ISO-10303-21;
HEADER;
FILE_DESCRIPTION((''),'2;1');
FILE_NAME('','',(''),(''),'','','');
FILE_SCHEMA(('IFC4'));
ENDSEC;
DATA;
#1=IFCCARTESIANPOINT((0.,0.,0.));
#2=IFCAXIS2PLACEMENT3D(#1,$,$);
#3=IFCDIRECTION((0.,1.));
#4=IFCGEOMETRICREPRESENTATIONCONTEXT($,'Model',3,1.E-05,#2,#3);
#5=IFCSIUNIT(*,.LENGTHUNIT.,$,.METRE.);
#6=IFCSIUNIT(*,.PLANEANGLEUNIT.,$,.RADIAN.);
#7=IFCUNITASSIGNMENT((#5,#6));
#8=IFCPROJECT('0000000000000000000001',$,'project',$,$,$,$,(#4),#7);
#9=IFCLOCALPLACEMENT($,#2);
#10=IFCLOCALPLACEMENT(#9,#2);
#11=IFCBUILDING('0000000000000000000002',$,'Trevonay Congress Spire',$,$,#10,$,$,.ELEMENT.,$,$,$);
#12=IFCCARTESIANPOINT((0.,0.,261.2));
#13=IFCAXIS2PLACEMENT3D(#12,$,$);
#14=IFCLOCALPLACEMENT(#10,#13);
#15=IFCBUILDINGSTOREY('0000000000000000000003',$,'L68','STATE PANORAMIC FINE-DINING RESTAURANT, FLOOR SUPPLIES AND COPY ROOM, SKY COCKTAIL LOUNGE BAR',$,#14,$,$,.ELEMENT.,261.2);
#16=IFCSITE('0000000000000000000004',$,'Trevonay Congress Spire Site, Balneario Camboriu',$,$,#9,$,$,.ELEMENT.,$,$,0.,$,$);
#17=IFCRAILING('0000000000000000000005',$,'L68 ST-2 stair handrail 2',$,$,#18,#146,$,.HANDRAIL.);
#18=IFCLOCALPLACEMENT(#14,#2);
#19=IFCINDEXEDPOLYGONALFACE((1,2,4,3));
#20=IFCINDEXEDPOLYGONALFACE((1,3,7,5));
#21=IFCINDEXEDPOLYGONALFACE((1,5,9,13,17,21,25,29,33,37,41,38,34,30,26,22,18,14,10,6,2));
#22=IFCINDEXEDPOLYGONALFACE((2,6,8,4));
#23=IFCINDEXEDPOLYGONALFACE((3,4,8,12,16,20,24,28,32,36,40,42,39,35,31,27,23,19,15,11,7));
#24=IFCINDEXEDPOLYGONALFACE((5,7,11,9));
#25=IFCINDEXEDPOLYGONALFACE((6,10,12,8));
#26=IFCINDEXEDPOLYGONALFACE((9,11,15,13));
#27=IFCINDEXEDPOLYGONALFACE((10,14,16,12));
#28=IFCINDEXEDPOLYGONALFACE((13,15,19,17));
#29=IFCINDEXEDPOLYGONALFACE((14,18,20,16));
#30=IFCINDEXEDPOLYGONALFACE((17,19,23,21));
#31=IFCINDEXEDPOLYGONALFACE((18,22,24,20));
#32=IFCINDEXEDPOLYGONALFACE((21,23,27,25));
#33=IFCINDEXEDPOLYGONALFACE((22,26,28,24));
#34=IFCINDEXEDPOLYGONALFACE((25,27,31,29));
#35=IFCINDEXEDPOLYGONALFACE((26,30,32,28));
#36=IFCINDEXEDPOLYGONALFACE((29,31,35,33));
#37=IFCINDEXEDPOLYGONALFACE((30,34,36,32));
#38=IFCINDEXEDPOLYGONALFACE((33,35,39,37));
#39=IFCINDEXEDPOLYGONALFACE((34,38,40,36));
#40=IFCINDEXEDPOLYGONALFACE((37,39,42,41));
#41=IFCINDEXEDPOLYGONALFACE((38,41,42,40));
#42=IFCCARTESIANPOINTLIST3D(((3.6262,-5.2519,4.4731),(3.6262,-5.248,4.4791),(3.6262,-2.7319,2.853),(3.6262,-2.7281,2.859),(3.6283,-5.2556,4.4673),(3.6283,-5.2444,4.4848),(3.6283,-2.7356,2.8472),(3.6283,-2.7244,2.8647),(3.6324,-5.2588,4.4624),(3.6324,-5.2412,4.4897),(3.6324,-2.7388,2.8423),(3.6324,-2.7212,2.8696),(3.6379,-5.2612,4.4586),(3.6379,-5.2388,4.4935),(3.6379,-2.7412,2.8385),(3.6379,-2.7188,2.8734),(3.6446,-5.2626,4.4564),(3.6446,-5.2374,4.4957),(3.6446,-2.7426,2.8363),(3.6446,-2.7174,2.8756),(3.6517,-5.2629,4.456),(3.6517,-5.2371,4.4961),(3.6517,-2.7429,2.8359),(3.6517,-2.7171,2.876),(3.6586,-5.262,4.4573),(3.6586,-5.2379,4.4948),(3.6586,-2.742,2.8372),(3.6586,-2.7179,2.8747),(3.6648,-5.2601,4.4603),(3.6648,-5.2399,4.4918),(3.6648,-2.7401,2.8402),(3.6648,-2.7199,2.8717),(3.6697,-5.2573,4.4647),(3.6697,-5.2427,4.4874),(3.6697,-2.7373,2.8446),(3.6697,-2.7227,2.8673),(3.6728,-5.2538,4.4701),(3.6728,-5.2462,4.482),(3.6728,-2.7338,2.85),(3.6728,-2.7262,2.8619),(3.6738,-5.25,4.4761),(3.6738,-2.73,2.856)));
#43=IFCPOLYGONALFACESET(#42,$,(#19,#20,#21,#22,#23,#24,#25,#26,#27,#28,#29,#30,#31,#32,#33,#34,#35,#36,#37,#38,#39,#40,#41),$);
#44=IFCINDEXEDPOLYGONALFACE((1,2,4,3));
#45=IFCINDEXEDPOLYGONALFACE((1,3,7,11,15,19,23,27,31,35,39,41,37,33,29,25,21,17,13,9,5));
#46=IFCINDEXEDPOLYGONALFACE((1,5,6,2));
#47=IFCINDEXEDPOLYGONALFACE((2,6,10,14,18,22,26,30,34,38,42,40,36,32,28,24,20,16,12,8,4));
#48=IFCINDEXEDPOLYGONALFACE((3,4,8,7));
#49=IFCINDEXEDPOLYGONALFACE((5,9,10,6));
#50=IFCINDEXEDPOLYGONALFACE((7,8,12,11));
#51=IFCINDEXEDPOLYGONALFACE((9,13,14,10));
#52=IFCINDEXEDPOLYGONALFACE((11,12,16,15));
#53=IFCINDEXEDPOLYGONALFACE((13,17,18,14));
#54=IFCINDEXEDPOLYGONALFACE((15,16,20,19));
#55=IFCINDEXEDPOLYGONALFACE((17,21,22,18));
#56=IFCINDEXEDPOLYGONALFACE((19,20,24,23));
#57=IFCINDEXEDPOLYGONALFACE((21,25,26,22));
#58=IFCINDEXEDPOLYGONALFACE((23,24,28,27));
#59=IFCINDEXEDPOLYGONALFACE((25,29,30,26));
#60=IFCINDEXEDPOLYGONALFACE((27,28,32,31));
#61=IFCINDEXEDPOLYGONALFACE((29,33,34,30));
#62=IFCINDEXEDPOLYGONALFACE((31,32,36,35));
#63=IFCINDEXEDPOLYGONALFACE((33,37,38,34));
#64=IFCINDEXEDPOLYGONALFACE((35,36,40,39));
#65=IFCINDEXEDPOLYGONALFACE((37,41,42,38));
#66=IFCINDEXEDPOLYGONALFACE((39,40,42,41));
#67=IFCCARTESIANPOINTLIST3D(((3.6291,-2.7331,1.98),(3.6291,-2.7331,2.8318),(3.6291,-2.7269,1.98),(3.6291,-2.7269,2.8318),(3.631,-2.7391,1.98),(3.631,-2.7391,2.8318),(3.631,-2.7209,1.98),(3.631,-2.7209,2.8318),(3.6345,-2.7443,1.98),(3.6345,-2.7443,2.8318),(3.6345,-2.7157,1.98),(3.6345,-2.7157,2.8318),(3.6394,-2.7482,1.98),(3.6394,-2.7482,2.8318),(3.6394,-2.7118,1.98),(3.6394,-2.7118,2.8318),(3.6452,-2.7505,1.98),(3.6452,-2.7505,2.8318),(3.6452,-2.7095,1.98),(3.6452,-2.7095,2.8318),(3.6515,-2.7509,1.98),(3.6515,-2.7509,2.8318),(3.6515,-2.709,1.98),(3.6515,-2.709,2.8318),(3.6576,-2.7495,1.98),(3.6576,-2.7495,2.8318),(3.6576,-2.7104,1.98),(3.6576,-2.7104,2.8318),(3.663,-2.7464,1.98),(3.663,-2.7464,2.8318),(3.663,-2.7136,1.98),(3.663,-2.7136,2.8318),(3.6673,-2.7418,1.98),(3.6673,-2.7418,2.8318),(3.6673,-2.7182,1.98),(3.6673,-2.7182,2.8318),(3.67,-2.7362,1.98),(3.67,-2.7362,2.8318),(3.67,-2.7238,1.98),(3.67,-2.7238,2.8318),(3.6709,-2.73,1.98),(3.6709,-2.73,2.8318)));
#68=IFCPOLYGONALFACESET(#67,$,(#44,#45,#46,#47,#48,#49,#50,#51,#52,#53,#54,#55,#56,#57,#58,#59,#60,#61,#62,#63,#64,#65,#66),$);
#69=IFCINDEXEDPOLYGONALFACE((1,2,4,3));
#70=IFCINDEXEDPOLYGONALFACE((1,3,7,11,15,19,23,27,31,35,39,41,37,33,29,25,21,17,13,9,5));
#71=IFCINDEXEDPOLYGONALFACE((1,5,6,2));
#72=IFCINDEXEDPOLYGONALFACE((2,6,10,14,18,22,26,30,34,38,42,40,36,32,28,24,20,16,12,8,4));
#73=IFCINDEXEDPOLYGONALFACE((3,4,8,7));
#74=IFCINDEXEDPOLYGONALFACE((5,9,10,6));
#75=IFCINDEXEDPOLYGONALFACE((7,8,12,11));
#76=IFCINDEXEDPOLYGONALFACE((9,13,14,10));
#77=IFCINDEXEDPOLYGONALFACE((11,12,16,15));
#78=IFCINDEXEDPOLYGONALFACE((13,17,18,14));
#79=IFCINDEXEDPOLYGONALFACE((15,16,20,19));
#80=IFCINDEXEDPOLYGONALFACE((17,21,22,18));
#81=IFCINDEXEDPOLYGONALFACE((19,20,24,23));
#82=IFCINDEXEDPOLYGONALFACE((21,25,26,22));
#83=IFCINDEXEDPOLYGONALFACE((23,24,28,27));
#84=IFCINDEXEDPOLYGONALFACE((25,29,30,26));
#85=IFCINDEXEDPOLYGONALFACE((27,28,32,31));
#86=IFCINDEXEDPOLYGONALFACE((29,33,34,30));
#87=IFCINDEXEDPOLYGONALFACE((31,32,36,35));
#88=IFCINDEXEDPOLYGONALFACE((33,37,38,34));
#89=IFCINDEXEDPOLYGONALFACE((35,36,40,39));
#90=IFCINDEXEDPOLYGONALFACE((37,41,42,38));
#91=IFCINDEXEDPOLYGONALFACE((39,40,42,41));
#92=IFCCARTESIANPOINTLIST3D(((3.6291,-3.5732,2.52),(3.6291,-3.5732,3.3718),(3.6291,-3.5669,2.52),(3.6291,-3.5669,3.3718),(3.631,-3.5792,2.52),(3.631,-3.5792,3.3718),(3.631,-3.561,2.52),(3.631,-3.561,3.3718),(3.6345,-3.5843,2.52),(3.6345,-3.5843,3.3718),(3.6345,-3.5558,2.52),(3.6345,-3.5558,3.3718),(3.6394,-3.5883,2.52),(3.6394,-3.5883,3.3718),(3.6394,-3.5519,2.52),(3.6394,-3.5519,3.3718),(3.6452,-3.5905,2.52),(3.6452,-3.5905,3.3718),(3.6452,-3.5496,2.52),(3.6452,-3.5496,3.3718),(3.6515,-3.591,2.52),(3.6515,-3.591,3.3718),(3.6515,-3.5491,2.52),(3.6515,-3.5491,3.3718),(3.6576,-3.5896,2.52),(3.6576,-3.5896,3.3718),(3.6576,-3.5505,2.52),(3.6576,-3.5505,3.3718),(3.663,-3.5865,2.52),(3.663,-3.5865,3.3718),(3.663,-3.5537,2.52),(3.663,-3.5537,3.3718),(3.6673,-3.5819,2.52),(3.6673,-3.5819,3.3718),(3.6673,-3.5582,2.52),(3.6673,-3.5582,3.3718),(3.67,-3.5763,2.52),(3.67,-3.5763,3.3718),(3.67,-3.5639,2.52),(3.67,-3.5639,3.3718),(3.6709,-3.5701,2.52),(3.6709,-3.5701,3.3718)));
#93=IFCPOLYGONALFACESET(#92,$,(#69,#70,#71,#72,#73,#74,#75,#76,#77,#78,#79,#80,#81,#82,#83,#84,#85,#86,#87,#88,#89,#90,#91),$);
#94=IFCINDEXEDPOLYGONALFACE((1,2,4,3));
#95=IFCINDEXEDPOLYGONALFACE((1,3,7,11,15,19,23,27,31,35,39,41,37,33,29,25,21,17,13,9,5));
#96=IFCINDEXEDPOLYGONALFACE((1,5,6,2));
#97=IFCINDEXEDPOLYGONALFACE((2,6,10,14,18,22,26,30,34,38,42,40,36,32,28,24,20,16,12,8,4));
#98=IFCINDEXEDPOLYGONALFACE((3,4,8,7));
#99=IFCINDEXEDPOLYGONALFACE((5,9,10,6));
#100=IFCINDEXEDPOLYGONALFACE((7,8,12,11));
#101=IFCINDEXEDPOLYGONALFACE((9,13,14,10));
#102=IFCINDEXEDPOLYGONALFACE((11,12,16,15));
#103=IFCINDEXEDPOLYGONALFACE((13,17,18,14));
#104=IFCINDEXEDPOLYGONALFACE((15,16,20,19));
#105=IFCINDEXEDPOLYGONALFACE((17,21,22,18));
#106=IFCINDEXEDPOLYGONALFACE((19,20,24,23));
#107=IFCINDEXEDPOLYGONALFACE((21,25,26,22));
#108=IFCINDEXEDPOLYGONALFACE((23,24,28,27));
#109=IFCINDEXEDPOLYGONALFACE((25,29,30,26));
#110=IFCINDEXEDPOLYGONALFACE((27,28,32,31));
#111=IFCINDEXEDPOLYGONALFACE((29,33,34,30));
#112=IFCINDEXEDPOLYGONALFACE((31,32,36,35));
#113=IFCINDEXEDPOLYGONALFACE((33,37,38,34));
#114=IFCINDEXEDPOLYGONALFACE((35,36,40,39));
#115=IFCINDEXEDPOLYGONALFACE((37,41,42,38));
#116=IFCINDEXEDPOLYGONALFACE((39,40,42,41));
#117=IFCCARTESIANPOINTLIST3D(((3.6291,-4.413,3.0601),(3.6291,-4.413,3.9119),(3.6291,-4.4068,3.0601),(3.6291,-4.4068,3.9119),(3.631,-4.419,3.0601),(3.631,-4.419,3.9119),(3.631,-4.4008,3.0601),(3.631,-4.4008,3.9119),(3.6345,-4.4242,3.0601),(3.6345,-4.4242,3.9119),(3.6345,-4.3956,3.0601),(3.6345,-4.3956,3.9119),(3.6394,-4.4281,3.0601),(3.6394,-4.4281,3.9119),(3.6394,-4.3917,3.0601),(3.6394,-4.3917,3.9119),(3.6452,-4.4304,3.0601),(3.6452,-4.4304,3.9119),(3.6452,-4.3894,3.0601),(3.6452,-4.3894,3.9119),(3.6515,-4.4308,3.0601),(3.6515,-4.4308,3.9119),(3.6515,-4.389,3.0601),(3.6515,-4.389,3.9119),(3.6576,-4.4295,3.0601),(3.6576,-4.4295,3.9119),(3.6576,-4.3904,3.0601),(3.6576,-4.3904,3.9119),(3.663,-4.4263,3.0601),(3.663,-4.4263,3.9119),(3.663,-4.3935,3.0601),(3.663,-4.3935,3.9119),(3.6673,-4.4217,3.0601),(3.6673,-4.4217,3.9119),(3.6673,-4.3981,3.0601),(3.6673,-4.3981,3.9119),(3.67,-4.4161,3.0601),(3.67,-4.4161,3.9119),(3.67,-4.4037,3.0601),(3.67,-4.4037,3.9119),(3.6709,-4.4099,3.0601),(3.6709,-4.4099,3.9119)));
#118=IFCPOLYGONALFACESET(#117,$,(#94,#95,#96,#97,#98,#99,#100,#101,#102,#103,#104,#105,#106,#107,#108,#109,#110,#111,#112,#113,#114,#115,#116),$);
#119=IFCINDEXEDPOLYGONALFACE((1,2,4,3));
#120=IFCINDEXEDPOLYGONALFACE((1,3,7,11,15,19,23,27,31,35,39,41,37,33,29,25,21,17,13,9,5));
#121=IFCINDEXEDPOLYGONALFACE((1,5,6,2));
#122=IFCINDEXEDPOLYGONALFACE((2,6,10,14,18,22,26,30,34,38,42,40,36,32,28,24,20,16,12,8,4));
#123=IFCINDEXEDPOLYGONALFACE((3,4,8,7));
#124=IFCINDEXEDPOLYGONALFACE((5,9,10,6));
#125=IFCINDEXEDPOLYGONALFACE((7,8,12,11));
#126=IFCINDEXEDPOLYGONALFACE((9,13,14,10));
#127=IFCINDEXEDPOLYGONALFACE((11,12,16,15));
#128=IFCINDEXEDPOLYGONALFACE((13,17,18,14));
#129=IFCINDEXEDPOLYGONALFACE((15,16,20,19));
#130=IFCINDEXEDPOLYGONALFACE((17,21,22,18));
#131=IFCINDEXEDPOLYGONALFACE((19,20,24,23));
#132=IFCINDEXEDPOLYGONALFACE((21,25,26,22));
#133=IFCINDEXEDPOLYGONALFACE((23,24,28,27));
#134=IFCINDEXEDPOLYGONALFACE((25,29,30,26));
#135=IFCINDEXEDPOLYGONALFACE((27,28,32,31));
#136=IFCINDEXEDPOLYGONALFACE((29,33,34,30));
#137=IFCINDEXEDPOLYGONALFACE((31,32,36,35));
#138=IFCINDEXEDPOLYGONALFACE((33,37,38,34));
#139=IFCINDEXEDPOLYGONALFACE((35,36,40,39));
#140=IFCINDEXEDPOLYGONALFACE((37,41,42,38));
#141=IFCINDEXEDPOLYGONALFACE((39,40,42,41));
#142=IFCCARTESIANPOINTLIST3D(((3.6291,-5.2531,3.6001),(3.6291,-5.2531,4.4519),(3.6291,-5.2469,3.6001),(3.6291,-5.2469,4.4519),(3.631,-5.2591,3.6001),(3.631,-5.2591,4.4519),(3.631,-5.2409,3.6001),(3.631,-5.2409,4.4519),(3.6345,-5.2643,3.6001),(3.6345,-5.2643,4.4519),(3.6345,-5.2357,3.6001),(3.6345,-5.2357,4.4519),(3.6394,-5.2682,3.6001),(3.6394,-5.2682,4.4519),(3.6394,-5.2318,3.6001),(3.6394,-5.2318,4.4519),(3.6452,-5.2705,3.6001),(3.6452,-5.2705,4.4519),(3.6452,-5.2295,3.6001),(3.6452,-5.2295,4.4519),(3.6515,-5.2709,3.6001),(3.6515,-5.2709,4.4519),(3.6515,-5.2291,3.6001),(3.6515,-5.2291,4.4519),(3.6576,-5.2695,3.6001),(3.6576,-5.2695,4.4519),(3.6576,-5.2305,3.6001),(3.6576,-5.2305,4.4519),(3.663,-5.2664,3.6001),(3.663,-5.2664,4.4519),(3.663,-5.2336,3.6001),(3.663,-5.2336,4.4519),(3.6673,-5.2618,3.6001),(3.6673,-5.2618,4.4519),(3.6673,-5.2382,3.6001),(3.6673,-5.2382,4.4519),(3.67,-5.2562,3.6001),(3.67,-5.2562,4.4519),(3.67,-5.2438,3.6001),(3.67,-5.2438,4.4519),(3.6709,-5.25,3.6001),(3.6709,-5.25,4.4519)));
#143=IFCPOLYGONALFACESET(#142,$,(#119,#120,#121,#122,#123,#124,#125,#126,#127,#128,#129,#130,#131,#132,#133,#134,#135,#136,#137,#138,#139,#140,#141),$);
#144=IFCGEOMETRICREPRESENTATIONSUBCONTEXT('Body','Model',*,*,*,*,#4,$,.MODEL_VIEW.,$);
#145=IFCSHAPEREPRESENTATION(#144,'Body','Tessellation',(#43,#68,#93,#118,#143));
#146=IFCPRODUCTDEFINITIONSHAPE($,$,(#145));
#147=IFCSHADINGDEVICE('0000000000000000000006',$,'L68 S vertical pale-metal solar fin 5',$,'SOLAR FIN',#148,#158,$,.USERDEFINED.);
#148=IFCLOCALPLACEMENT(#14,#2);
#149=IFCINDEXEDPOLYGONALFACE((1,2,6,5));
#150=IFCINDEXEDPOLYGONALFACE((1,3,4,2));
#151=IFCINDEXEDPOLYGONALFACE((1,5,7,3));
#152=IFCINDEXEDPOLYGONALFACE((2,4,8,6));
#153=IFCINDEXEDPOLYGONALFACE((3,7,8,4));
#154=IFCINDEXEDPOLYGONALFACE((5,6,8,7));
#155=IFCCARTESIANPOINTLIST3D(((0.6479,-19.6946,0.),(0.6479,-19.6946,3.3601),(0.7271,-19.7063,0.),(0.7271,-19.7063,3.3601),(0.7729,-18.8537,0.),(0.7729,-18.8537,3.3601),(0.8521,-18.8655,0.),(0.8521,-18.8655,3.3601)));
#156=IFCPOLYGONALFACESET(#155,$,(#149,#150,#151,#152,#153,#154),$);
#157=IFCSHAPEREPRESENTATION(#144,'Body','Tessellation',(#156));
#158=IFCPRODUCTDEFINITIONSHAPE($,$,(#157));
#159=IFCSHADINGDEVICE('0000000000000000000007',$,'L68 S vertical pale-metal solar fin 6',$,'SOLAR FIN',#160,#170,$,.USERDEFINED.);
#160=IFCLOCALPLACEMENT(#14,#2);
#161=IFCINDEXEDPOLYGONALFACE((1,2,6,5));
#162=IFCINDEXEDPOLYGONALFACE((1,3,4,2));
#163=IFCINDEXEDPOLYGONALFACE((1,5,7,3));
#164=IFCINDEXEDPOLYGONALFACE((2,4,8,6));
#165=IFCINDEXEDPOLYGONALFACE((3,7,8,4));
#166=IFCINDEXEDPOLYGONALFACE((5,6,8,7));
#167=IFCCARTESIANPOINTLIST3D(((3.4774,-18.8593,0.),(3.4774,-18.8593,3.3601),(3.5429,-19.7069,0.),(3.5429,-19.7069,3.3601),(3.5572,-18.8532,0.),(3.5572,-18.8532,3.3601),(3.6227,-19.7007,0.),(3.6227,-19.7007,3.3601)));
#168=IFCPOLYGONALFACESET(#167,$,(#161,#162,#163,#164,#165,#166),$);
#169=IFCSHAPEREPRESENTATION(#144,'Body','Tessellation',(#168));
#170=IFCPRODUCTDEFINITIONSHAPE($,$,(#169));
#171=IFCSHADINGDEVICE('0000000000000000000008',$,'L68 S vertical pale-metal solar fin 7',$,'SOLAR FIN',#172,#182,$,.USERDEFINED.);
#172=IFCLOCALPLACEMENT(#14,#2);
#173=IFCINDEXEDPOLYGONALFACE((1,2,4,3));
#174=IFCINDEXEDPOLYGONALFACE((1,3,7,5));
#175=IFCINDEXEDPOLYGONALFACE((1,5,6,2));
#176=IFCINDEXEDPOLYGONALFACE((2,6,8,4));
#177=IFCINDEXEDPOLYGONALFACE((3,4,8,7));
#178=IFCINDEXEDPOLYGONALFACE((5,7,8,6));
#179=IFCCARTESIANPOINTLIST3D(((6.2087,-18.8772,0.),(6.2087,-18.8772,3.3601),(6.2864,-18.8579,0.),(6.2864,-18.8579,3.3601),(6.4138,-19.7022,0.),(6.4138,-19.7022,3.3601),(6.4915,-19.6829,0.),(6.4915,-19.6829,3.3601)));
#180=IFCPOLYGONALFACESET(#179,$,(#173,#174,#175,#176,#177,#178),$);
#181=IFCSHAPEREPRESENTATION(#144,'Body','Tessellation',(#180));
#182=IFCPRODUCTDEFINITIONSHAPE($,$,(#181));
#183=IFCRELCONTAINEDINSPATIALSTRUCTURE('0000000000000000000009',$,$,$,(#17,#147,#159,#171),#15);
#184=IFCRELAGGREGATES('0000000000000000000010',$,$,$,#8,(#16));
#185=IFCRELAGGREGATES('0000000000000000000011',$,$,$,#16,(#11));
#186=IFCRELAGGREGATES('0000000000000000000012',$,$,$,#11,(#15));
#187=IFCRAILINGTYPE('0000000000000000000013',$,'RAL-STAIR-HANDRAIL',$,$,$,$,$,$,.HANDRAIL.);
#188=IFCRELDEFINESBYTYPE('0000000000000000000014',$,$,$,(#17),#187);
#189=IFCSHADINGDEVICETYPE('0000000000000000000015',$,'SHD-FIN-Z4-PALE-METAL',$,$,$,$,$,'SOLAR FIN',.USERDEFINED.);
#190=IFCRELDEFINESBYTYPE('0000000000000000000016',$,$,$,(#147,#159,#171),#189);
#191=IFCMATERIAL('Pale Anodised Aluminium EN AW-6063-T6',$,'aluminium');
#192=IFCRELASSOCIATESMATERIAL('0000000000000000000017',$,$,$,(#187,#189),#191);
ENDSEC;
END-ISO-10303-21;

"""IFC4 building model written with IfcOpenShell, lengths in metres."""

from ifc_helpers import new_model, si_unit, direction, frame, origin, origin_2d, place, context, subcontext, project, spatial, rectangle, circle, extrude, material, type_object, element, save


model = new_model("IFC4")

# Units and contexts
model_context = context("Model", 3, precision=1e-05, world=origin(), true_north=direction((0.0, 1.0)))
body_context = subcontext(model_context, "Body", "Model", "MODEL_VIEW")
ifc_project = project(units=[si_unit("LENGTHUNIT", "METRE"), si_unit("PLANEANGLEUNIT", "RADIAN")], contexts=[model_context])

# Site, building, storey
site_placement = place(None, origin())
site = spatial("IfcSite", under=ifc_project, at=site_placement, Name="Trevonay Congress Spire Site, Balneario Camboriu", CompositionType="ELEMENT", RefElevation=0.0)
building_placement = place(site_placement, origin())
building = spatial("IfcBuilding", under=site, at=building_placement, Name="Trevonay Congress Spire", CompositionType="ELEMENT")
storey_placement = place(building_placement, frame((0.0, 0.0, 261.2)))
storey = spatial("IfcBuildingStorey", under=building, at=storey_placement, Name="L68", Description="STATE PANORAMIC FINE-DINING RESTAURANT, FLOOR SUPPLIES AND COPY ROOM, SKY COCKTAIL LOUNGE BAR", CompositionType="ELEMENT", Elevation=261.2)

# Shared definitions
ifc_material_1 = material(Name="Pale Anodised Aluminium EN AW-6063-T6", Category="aluminium")

# Railing
railing_type_1 = type_object("IfcRailingType", Name="RAL-STAIR-HANDRAIL", PredefinedType="HANDRAIL", material=ifc_material_1)
railing_1_placement = place(storey_placement, frame((3.6499, -2.73, 1.98)))
element("IfcRailing", 1, at=railing_1_placement, inside=storey, type_object=railing_type_1, Name="L68 ST-2 stair handrail 2", PredefinedType="HANDRAIL", context=body_context, shape_type="SweptSolid", body=[
    extrude(circle(Radius=0.0239, at=origin_2d()), frame((0.0, 0.0, 0.876), z_axis=(0.0, -0.841163, 0.540782), x_axis=(1.0, 0.0, 0.0)), (0.0, 0.0, 1.0), 2.9958),
    extrude(circle(Radius=0.021, at=origin_2d()), origin(), (0.0, 0.0, 1.0), 0.8518),
    extrude(circle(Radius=0.021, at=origin_2d()), frame((0.0, -0.8401, 0.54)), (0.0, 0.0, 1.0), 0.8518),
    extrude(circle(Radius=0.021, at=origin_2d()), frame((0.0, -1.6799, 1.0801)), (0.0, 0.0, 1.0), 0.8518),
    extrude(circle(Radius=0.021, at=origin_2d()), frame((0.0, -2.52, 1.6201)), (0.0, 0.0, 1.0), 0.8518),
])

# Shading devices
shading_device_type = type_object("IfcShadingDeviceType", Name="SHD-FIN-Z4-PALE-METAL", ElementType="SOLAR FIN", PredefinedType="USERDEFINED", material=ifc_material_1)
for number, where, z_axis, x_axis, name in (
    (2, (0.75, -19.28, 0.0), (0.0, 0.0, 1.0), (0.989144, -0.146946, 0.0), "L68 S vertical pale-metal solar fin 5"),
    (3, (3.55, -19.28, 0.0), (0.0, 0.0, 1.0), (0.997026, 0.077067, 0.0), "L68 S vertical pale-metal solar fin 6"),
    (4, (6.3501, -19.28, 0.0), (0.0, 0.0, 1.0), (0.970464, 0.241244, 0.0), "L68 S vertical pale-metal solar fin 7"),
):
    element("IfcShadingDevice", number, at=place(storey_placement, frame(where, z_axis=z_axis, x_axis=x_axis)), inside=storey, type_object=shading_device_type, Name=name, ObjectType="SOLAR FIN", PredefinedType="USERDEFINED", context=body_context, shape_type="SweptSolid", body=[
        extrude(rectangle(XDim=0.0801, YDim=0.8501, at=origin_2d()), origin(), (0.0, 0.0, 1.0), 3.3601),
    ])

save(model, "model.ifc")
